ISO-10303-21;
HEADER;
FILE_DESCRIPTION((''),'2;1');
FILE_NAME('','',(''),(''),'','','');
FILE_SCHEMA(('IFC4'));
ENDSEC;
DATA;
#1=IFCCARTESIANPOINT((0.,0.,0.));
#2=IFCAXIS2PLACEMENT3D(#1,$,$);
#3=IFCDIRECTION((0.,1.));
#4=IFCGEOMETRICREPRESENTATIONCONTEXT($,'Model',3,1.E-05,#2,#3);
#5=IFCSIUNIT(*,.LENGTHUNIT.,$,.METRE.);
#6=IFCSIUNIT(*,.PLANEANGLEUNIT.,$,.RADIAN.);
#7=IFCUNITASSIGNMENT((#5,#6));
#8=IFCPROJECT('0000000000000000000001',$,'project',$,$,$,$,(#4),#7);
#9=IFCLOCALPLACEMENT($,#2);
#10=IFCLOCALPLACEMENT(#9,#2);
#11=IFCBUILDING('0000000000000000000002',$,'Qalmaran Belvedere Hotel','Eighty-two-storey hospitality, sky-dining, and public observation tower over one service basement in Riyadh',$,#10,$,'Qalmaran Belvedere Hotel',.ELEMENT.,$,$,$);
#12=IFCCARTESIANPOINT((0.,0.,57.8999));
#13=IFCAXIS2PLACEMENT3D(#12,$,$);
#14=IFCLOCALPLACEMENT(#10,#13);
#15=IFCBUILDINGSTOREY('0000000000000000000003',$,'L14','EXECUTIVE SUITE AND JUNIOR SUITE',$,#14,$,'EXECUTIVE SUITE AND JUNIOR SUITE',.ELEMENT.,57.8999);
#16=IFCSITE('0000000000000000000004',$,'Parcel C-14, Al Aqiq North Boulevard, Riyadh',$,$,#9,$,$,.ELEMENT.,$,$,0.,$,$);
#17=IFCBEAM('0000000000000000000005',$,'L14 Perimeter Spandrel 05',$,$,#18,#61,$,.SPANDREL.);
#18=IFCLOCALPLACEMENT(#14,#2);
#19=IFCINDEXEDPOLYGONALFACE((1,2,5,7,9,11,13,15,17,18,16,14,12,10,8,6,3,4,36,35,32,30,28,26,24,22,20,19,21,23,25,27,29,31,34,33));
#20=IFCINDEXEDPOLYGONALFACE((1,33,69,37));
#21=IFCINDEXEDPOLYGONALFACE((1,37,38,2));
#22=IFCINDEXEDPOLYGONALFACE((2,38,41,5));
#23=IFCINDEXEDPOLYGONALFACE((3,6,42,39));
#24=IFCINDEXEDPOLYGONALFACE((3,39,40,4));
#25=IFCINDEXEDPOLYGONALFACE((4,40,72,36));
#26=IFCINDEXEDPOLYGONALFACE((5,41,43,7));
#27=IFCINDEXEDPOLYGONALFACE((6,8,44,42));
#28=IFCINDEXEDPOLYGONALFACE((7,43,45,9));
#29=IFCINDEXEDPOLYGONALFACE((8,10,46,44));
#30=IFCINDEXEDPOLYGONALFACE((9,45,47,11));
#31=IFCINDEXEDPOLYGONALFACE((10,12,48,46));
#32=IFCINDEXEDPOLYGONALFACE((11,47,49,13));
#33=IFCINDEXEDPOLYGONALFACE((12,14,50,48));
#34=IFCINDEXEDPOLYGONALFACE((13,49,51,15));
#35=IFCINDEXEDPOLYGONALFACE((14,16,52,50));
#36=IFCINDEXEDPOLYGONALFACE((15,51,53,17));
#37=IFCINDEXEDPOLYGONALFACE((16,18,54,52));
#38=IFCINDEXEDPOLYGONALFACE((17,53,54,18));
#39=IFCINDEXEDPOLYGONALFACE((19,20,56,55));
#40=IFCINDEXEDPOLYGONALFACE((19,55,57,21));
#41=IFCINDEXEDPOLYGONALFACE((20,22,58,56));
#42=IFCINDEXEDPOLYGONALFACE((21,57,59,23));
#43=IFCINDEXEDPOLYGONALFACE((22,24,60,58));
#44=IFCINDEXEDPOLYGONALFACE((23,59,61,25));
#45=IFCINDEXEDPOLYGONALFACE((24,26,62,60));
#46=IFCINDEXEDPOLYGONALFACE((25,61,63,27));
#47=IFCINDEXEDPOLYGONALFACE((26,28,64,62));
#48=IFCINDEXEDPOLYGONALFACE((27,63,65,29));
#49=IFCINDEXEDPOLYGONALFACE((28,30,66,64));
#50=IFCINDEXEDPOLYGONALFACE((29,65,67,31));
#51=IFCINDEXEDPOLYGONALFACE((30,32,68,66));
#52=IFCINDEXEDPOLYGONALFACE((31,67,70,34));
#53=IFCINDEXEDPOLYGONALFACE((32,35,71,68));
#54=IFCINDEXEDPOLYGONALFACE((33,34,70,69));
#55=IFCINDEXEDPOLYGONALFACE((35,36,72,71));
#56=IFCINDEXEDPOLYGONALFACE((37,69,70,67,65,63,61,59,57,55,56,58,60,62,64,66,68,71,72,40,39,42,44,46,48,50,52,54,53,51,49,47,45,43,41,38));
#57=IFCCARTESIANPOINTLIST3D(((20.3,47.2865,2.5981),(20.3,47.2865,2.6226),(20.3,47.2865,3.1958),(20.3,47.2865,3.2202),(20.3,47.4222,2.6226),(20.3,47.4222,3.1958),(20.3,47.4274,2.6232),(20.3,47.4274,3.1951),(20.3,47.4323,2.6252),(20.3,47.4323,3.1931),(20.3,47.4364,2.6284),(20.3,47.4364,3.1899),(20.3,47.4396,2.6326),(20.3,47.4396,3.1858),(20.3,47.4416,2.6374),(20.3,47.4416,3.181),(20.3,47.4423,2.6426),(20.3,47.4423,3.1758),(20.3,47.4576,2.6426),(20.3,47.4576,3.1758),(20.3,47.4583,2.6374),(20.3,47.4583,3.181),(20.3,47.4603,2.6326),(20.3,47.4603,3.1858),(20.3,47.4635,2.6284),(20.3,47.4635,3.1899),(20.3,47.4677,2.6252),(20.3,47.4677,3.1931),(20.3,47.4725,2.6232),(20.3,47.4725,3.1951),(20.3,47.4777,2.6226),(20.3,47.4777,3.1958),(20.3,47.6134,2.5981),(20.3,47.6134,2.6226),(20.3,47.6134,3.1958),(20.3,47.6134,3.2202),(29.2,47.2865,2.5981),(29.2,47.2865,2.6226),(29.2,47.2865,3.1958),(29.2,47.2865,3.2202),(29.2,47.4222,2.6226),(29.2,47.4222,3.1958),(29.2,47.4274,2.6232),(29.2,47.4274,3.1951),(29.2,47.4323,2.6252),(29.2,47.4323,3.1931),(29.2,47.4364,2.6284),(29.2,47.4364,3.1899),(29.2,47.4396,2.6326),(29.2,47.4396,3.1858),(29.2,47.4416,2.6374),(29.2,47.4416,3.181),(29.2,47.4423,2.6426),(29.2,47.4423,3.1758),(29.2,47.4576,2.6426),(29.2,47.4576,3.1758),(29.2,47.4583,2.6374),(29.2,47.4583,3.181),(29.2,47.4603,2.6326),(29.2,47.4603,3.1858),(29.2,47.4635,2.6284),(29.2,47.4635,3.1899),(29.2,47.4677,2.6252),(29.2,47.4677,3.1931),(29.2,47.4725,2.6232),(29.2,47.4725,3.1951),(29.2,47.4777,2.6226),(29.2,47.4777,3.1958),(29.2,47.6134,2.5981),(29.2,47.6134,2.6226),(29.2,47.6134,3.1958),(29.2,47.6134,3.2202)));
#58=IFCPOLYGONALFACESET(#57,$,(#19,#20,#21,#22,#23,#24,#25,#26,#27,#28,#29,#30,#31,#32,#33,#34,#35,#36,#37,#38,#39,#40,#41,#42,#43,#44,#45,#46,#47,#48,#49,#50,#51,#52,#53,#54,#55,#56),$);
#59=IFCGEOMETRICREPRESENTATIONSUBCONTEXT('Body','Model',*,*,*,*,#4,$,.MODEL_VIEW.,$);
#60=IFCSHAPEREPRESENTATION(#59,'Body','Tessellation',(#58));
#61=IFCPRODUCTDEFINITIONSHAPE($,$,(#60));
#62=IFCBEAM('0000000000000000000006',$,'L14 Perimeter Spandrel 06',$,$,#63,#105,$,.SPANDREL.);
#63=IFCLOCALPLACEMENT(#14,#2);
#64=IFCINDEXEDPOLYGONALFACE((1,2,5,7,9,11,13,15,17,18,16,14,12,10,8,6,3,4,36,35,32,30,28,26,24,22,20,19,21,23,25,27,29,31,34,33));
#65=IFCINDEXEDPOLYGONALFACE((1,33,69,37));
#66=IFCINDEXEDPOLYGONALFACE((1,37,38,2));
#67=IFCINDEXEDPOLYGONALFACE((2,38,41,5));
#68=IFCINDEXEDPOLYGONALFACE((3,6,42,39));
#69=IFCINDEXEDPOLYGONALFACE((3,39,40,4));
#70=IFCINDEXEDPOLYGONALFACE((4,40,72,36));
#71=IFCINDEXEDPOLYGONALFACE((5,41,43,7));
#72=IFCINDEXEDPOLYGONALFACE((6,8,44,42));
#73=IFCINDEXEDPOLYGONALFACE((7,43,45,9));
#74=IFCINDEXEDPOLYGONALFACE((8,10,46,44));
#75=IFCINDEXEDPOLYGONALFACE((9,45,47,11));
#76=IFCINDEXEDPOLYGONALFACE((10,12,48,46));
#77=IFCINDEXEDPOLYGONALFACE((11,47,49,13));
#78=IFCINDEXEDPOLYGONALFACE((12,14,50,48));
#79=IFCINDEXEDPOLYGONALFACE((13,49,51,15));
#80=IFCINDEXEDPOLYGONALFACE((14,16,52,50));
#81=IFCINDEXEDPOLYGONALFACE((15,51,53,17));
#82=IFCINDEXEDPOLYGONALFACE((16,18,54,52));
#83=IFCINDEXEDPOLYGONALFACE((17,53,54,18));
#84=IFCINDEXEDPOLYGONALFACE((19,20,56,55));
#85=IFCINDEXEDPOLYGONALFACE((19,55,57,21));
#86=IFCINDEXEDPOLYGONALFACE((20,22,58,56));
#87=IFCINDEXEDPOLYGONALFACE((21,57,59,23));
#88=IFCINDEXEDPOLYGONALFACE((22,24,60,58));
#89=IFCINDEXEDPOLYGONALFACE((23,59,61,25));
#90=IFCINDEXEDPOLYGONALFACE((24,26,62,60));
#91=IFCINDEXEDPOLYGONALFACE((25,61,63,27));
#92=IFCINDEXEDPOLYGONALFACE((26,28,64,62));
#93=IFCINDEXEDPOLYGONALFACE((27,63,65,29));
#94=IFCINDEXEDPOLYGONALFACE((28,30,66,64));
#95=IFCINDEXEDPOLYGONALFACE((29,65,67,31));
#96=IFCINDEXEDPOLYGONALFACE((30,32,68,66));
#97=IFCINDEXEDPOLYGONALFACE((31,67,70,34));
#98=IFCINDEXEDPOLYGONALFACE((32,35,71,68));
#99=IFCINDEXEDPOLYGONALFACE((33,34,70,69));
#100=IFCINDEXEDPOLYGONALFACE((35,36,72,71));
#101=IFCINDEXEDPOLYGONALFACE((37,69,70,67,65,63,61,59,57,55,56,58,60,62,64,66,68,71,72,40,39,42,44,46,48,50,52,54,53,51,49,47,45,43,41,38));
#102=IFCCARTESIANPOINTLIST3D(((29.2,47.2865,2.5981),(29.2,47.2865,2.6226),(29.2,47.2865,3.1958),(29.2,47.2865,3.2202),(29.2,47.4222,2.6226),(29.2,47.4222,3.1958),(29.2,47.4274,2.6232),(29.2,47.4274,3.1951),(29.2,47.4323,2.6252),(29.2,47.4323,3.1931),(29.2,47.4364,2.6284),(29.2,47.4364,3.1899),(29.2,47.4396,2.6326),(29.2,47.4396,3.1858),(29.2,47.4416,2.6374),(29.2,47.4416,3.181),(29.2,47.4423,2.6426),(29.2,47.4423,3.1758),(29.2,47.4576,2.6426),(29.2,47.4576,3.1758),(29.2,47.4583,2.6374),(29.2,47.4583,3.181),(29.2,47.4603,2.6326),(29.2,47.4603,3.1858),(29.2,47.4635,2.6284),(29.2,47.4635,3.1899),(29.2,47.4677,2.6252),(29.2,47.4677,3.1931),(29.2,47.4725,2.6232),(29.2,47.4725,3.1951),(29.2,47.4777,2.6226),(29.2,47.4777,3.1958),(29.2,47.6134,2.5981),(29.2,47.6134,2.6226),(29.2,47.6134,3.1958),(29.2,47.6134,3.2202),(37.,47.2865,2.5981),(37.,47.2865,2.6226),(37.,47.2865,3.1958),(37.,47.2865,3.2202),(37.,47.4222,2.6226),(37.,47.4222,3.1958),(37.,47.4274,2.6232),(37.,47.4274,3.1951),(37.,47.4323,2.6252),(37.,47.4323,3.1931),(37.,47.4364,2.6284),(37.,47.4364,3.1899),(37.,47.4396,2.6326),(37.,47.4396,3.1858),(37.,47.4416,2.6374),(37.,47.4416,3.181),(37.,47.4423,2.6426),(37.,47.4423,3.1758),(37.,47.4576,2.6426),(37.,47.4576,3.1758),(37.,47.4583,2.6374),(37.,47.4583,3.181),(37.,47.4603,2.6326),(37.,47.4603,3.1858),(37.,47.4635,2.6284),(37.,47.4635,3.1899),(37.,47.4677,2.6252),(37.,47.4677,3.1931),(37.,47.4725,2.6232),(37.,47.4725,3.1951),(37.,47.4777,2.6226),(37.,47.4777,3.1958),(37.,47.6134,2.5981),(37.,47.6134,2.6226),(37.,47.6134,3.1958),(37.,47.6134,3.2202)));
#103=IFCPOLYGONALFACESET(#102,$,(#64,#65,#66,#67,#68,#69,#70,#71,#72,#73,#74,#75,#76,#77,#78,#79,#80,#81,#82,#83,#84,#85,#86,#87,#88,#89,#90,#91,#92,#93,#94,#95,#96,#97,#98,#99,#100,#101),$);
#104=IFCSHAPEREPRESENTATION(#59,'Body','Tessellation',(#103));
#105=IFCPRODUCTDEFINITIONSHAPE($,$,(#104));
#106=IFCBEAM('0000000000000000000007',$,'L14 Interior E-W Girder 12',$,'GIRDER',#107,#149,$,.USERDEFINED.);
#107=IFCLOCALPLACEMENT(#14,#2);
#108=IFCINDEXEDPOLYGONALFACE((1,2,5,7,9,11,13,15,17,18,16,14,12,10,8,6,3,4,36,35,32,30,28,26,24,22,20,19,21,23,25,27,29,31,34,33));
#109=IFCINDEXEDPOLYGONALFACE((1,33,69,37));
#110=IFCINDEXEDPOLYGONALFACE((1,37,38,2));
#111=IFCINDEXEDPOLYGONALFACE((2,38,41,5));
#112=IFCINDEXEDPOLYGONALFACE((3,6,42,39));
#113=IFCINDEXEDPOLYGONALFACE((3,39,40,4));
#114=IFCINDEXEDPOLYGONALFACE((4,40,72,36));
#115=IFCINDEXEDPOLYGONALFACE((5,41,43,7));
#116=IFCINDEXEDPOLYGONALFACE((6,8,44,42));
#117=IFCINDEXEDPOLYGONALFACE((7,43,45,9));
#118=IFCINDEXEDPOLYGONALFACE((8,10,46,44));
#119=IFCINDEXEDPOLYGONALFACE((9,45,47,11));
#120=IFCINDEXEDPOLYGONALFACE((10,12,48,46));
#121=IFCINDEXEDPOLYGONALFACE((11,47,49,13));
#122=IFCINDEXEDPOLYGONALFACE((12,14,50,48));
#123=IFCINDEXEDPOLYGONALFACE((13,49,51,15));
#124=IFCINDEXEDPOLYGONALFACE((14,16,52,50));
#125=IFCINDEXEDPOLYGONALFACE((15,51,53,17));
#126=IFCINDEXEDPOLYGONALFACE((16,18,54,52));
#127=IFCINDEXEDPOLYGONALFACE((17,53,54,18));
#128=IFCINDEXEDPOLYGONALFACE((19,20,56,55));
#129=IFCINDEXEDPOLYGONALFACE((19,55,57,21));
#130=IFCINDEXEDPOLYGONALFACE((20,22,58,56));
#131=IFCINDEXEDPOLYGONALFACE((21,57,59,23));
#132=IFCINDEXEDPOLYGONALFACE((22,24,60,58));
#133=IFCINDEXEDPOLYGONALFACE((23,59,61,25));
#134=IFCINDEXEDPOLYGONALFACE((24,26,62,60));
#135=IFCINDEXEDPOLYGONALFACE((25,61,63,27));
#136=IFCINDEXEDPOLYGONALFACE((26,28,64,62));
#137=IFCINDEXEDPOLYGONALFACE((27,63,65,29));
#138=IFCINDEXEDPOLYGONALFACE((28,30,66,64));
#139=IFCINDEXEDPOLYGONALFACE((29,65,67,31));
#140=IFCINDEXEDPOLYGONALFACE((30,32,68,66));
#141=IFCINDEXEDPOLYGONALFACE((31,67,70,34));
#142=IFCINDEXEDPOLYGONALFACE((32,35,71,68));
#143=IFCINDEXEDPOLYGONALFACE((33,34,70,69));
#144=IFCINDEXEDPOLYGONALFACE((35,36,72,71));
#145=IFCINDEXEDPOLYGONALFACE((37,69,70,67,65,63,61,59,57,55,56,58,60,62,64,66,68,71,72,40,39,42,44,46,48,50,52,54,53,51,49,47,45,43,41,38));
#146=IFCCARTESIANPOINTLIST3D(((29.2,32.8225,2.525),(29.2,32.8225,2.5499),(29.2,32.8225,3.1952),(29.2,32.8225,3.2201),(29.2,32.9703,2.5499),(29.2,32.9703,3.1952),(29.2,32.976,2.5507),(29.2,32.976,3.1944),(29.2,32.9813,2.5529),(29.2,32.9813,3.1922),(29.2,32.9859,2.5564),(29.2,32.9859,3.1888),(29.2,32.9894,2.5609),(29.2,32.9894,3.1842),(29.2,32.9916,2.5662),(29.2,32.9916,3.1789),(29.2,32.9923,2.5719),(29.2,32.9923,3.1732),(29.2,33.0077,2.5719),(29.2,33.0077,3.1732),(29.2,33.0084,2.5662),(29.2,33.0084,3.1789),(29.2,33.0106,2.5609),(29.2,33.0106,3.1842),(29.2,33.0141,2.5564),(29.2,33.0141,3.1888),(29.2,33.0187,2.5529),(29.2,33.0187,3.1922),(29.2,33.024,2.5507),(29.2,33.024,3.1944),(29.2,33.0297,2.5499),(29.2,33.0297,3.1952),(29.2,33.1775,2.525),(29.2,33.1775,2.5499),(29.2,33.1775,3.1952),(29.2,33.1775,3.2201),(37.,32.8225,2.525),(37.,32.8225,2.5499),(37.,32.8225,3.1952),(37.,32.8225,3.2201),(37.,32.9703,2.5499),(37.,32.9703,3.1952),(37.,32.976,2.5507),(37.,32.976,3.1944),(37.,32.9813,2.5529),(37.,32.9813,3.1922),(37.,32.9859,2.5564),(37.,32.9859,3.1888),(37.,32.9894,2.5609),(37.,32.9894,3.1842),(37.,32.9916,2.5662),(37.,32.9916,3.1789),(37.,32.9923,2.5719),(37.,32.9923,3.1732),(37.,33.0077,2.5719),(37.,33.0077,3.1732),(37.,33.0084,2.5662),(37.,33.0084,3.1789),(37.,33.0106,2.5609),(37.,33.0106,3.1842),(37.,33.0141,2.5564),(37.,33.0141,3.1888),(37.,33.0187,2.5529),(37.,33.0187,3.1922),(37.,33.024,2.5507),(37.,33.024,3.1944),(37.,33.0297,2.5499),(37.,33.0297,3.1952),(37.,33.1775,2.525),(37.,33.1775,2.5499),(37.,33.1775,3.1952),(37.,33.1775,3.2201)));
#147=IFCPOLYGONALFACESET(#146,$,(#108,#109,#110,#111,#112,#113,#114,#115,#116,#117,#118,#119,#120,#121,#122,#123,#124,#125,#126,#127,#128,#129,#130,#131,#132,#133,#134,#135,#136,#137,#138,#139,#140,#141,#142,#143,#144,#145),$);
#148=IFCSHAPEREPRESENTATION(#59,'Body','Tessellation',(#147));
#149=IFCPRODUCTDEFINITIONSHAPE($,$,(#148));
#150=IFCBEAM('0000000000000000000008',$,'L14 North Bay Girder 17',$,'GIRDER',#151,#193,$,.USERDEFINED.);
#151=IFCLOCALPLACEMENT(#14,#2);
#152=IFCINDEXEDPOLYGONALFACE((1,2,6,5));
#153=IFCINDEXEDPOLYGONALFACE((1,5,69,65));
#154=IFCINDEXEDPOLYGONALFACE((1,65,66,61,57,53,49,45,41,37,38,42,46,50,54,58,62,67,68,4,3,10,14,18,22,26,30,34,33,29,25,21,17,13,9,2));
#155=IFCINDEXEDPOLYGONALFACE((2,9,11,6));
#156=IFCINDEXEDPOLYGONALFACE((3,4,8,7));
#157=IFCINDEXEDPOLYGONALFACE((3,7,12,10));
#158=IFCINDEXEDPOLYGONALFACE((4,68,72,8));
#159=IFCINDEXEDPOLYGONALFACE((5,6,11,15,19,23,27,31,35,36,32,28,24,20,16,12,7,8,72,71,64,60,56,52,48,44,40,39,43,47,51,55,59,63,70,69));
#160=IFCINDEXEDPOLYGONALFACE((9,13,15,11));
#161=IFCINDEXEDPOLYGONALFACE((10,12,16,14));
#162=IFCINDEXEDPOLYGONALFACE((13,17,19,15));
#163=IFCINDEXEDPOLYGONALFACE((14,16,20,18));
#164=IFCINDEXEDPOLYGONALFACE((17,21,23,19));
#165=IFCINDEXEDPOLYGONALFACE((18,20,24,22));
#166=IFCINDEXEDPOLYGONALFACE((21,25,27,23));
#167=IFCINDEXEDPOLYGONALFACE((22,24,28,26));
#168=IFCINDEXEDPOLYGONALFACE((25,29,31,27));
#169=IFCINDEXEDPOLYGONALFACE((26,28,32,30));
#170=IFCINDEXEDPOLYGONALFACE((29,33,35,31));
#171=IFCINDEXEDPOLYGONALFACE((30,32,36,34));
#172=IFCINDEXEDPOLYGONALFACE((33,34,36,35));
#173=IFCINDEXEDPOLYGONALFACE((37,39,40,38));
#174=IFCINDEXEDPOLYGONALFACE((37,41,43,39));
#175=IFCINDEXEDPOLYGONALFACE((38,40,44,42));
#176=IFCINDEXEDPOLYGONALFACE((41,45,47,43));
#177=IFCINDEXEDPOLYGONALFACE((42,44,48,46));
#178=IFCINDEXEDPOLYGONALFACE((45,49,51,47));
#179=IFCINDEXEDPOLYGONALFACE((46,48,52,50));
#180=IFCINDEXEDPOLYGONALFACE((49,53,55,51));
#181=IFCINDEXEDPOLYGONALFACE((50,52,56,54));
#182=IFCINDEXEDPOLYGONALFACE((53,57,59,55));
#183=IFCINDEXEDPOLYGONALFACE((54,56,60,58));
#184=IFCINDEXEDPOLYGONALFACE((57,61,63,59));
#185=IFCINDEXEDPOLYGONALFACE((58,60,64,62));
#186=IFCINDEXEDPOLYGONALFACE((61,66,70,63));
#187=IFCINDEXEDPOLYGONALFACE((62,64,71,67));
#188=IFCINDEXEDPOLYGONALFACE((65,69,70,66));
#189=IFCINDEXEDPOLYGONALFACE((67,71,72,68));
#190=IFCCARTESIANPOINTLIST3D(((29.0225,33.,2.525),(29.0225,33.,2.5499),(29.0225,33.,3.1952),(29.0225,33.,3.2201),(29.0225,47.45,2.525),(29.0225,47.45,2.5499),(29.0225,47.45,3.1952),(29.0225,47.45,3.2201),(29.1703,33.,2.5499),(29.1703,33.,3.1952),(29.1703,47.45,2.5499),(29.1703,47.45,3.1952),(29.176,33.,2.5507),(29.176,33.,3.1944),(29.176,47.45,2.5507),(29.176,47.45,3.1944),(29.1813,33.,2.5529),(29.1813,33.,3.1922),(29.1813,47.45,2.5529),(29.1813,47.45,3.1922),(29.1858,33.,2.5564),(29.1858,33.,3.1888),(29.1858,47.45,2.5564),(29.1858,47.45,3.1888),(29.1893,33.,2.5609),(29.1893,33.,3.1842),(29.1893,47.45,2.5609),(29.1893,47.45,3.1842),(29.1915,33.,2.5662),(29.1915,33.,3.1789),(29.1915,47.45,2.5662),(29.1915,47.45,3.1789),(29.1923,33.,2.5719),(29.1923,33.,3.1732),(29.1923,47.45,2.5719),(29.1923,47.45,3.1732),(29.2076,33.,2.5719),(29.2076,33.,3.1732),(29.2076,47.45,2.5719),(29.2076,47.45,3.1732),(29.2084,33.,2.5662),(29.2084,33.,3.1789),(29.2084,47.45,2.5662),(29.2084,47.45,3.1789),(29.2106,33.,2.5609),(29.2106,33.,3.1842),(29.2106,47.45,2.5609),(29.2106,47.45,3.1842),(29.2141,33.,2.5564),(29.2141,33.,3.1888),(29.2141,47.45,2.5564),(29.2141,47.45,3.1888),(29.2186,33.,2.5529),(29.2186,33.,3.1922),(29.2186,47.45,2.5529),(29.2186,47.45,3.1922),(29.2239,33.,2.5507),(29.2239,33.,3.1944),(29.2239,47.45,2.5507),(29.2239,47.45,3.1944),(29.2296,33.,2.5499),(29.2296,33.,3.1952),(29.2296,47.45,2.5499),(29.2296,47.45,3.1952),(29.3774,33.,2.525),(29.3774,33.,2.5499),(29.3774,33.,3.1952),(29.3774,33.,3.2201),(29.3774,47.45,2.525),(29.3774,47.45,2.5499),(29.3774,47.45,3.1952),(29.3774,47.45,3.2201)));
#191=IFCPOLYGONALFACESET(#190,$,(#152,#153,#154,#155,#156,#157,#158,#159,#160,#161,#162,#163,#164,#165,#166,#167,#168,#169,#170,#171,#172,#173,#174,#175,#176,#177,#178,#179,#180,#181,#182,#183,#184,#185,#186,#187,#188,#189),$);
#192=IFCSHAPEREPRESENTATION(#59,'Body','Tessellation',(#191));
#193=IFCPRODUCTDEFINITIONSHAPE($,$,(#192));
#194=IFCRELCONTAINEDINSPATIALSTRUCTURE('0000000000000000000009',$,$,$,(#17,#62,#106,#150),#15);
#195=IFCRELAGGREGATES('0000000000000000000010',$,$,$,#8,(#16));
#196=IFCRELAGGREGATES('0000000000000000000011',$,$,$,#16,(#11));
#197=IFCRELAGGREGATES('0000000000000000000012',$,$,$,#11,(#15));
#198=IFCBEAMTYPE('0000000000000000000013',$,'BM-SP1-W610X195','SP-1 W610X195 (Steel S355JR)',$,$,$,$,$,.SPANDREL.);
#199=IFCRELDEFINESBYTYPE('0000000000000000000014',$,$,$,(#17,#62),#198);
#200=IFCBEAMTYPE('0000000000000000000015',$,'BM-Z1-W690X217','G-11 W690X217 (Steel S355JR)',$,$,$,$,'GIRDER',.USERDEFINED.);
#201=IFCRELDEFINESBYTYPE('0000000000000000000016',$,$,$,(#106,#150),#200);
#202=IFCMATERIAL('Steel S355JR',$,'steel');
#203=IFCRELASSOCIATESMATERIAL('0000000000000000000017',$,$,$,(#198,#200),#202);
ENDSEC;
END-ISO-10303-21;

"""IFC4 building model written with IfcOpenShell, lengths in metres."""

from ifc_helpers import new_model, si_unit, direction, frame, origin, origin_2d, place, context, subcontext, project, spatial, i_section, extrude, material, material_profile, profile_set, type_object, element, save


model = new_model("IFC4")

# Units and contexts
model_context = context("Model", 3, precision=1e-05, world=origin(), true_north=direction((0.0, 1.0)))
body_context = subcontext(model_context, "Body", "Model", "MODEL_VIEW")
ifc_project = project(units=[si_unit("LENGTHUNIT", "METRE"), si_unit("PLANEANGLEUNIT", "RADIAN")], contexts=[model_context])

# Site, building, storey
site_placement = place(None, origin())
site = spatial("IfcSite", under=ifc_project, at=site_placement, Name="Parcel C-14, Al Aqiq North Boulevard, Riyadh", CompositionType="ELEMENT", RefElevation=0.0)
building_placement = place(site_placement, origin())
building = spatial("IfcBuilding", under=site, at=building_placement, Name="Qalmaran Belvedere Hotel", Description="Eighty-two-storey hospitality, sky-dining, and public observation tower over one service basement in Riyadh", LongName="Qalmaran Belvedere Hotel", CompositionType="ELEMENT")
storey_placement = place(building_placement, frame((0.0, 0.0, 57.8999)))
storey = spatial("IfcBuildingStorey", under=building, at=storey_placement, Name="L14", Description="EXECUTIVE SUITE AND JUNIOR SUITE", LongName="EXECUTIVE SUITE AND JUNIOR SUITE", CompositionType="ELEMENT", Elevation=57.8999)

# Beams
ifc_material_1 = material(Name="Steel S355JR", Category="steel")
ifc_material_profile_1 = material_profile(ifc_material_1, i_section(OverallWidth=0.3269, OverallDepth=0.6221, WebThickness=0.0154, FlangeThickness=0.0244, FilletRadius=0.02, at=origin_2d()), Name="W610X195")
ifc_profile_set_1 = profile_set([ifc_material_profile_1], Name="Steel S355JR")
beam_type_1 = type_object("IfcBeamType", Name="BM-SP1-W610X195", Description="SP-1 W610X195 (Steel S355JR)", PredefinedType="SPANDREL", material=ifc_profile_set_1)
beam_1_placement = place(storey_placement, frame((20.3, 47.45, 2.9092), z_axis=(1.0, 0.0, 0.0), x_axis=(0.0, 1.0, 0.0)))
element("IfcBeam", 1, at=beam_1_placement, inside=storey, type_object=beam_type_1, Name="L14 Perimeter Spandrel 05", PredefinedType="SPANDREL", context=body_context, shape_type="SweptSolid", body=[
    extrude(i_section(OverallWidth=0.3269, OverallDepth=0.6221, WebThickness=0.0154, FlangeThickness=0.0244, FilletRadius=0.02, at=origin_2d()), origin(), (0.0, 0.0, 1.0), 8.8999),
])
beam_2_placement = place(storey_placement, frame((29.2, 47.45, 2.9092), z_axis=(1.0, 0.0, 0.0), x_axis=(0.0, 1.0, 0.0)))
element("IfcBeam", 2, at=beam_2_placement, inside=storey, type_object=beam_type_1, Name="L14 Perimeter Spandrel 06", PredefinedType="SPANDREL", context=body_context, shape_type="SweptSolid", body=[
    extrude(i_section(OverallWidth=0.3269, OverallDepth=0.6221, WebThickness=0.0154, FlangeThickness=0.0244, FilletRadius=0.02, at=origin_2d()), origin(), (0.0, 0.0, 1.0), 7.8),
])
ifc_material_profile_2 = material_profile(ifc_material_1, i_section(OverallWidth=0.355, OverallDepth=0.6951, WebThickness=0.0154, FlangeThickness=0.0249, FilletRadius=0.022, at=origin_2d()), Name="W690X217")
ifc_profile_set_2 = profile_set([ifc_material_profile_2], Name="Steel S355JR")
beam_type_2 = type_object("IfcBeamType", Name="BM-Z1-W690X217", Description="G-11 W690X217 (Steel S355JR)", ElementType="GIRDER", PredefinedType="USERDEFINED", material=ifc_profile_set_2)
beam_3_placement = place(storey_placement, frame((29.2, 33.0, 2.8726), z_axis=(1.0, 0.0, 0.0), x_axis=(0.0, 1.0, 0.0)))
element("IfcBeam", 3, at=beam_3_placement, inside=storey, type_object=beam_type_2, Name="L14 Interior E-W Girder 12", ObjectType="GIRDER", PredefinedType="USERDEFINED", context=body_context, shape_type="SweptSolid", body=[
    extrude(i_section(OverallWidth=0.355, OverallDepth=0.6951, WebThickness=0.0154, FlangeThickness=0.0249, FilletRadius=0.022, at=origin_2d()), origin(), (0.0, 0.0, 1.0), 7.8),
])
beam_4_placement = place(storey_placement, frame((29.2, 33.0, 2.8726), z_axis=(0.0, 1.0, 0.0), x_axis=(-1.0, 0.0, 0.0)))
element("IfcBeam", 4, at=beam_4_placement, inside=storey, type_object=beam_type_2, Name="L14 North Bay Girder 17", ObjectType="GIRDER", PredefinedType="USERDEFINED", context=body_context, shape_type="SweptSolid", body=[
    extrude(i_section(OverallWidth=0.355, OverallDepth=0.6951, WebThickness=0.0154, FlangeThickness=0.0249, FilletRadius=0.022, at=origin_2d()), origin(), (0.0, 0.0, 1.0), 14.45),
])

save(model, "model.ifc")
